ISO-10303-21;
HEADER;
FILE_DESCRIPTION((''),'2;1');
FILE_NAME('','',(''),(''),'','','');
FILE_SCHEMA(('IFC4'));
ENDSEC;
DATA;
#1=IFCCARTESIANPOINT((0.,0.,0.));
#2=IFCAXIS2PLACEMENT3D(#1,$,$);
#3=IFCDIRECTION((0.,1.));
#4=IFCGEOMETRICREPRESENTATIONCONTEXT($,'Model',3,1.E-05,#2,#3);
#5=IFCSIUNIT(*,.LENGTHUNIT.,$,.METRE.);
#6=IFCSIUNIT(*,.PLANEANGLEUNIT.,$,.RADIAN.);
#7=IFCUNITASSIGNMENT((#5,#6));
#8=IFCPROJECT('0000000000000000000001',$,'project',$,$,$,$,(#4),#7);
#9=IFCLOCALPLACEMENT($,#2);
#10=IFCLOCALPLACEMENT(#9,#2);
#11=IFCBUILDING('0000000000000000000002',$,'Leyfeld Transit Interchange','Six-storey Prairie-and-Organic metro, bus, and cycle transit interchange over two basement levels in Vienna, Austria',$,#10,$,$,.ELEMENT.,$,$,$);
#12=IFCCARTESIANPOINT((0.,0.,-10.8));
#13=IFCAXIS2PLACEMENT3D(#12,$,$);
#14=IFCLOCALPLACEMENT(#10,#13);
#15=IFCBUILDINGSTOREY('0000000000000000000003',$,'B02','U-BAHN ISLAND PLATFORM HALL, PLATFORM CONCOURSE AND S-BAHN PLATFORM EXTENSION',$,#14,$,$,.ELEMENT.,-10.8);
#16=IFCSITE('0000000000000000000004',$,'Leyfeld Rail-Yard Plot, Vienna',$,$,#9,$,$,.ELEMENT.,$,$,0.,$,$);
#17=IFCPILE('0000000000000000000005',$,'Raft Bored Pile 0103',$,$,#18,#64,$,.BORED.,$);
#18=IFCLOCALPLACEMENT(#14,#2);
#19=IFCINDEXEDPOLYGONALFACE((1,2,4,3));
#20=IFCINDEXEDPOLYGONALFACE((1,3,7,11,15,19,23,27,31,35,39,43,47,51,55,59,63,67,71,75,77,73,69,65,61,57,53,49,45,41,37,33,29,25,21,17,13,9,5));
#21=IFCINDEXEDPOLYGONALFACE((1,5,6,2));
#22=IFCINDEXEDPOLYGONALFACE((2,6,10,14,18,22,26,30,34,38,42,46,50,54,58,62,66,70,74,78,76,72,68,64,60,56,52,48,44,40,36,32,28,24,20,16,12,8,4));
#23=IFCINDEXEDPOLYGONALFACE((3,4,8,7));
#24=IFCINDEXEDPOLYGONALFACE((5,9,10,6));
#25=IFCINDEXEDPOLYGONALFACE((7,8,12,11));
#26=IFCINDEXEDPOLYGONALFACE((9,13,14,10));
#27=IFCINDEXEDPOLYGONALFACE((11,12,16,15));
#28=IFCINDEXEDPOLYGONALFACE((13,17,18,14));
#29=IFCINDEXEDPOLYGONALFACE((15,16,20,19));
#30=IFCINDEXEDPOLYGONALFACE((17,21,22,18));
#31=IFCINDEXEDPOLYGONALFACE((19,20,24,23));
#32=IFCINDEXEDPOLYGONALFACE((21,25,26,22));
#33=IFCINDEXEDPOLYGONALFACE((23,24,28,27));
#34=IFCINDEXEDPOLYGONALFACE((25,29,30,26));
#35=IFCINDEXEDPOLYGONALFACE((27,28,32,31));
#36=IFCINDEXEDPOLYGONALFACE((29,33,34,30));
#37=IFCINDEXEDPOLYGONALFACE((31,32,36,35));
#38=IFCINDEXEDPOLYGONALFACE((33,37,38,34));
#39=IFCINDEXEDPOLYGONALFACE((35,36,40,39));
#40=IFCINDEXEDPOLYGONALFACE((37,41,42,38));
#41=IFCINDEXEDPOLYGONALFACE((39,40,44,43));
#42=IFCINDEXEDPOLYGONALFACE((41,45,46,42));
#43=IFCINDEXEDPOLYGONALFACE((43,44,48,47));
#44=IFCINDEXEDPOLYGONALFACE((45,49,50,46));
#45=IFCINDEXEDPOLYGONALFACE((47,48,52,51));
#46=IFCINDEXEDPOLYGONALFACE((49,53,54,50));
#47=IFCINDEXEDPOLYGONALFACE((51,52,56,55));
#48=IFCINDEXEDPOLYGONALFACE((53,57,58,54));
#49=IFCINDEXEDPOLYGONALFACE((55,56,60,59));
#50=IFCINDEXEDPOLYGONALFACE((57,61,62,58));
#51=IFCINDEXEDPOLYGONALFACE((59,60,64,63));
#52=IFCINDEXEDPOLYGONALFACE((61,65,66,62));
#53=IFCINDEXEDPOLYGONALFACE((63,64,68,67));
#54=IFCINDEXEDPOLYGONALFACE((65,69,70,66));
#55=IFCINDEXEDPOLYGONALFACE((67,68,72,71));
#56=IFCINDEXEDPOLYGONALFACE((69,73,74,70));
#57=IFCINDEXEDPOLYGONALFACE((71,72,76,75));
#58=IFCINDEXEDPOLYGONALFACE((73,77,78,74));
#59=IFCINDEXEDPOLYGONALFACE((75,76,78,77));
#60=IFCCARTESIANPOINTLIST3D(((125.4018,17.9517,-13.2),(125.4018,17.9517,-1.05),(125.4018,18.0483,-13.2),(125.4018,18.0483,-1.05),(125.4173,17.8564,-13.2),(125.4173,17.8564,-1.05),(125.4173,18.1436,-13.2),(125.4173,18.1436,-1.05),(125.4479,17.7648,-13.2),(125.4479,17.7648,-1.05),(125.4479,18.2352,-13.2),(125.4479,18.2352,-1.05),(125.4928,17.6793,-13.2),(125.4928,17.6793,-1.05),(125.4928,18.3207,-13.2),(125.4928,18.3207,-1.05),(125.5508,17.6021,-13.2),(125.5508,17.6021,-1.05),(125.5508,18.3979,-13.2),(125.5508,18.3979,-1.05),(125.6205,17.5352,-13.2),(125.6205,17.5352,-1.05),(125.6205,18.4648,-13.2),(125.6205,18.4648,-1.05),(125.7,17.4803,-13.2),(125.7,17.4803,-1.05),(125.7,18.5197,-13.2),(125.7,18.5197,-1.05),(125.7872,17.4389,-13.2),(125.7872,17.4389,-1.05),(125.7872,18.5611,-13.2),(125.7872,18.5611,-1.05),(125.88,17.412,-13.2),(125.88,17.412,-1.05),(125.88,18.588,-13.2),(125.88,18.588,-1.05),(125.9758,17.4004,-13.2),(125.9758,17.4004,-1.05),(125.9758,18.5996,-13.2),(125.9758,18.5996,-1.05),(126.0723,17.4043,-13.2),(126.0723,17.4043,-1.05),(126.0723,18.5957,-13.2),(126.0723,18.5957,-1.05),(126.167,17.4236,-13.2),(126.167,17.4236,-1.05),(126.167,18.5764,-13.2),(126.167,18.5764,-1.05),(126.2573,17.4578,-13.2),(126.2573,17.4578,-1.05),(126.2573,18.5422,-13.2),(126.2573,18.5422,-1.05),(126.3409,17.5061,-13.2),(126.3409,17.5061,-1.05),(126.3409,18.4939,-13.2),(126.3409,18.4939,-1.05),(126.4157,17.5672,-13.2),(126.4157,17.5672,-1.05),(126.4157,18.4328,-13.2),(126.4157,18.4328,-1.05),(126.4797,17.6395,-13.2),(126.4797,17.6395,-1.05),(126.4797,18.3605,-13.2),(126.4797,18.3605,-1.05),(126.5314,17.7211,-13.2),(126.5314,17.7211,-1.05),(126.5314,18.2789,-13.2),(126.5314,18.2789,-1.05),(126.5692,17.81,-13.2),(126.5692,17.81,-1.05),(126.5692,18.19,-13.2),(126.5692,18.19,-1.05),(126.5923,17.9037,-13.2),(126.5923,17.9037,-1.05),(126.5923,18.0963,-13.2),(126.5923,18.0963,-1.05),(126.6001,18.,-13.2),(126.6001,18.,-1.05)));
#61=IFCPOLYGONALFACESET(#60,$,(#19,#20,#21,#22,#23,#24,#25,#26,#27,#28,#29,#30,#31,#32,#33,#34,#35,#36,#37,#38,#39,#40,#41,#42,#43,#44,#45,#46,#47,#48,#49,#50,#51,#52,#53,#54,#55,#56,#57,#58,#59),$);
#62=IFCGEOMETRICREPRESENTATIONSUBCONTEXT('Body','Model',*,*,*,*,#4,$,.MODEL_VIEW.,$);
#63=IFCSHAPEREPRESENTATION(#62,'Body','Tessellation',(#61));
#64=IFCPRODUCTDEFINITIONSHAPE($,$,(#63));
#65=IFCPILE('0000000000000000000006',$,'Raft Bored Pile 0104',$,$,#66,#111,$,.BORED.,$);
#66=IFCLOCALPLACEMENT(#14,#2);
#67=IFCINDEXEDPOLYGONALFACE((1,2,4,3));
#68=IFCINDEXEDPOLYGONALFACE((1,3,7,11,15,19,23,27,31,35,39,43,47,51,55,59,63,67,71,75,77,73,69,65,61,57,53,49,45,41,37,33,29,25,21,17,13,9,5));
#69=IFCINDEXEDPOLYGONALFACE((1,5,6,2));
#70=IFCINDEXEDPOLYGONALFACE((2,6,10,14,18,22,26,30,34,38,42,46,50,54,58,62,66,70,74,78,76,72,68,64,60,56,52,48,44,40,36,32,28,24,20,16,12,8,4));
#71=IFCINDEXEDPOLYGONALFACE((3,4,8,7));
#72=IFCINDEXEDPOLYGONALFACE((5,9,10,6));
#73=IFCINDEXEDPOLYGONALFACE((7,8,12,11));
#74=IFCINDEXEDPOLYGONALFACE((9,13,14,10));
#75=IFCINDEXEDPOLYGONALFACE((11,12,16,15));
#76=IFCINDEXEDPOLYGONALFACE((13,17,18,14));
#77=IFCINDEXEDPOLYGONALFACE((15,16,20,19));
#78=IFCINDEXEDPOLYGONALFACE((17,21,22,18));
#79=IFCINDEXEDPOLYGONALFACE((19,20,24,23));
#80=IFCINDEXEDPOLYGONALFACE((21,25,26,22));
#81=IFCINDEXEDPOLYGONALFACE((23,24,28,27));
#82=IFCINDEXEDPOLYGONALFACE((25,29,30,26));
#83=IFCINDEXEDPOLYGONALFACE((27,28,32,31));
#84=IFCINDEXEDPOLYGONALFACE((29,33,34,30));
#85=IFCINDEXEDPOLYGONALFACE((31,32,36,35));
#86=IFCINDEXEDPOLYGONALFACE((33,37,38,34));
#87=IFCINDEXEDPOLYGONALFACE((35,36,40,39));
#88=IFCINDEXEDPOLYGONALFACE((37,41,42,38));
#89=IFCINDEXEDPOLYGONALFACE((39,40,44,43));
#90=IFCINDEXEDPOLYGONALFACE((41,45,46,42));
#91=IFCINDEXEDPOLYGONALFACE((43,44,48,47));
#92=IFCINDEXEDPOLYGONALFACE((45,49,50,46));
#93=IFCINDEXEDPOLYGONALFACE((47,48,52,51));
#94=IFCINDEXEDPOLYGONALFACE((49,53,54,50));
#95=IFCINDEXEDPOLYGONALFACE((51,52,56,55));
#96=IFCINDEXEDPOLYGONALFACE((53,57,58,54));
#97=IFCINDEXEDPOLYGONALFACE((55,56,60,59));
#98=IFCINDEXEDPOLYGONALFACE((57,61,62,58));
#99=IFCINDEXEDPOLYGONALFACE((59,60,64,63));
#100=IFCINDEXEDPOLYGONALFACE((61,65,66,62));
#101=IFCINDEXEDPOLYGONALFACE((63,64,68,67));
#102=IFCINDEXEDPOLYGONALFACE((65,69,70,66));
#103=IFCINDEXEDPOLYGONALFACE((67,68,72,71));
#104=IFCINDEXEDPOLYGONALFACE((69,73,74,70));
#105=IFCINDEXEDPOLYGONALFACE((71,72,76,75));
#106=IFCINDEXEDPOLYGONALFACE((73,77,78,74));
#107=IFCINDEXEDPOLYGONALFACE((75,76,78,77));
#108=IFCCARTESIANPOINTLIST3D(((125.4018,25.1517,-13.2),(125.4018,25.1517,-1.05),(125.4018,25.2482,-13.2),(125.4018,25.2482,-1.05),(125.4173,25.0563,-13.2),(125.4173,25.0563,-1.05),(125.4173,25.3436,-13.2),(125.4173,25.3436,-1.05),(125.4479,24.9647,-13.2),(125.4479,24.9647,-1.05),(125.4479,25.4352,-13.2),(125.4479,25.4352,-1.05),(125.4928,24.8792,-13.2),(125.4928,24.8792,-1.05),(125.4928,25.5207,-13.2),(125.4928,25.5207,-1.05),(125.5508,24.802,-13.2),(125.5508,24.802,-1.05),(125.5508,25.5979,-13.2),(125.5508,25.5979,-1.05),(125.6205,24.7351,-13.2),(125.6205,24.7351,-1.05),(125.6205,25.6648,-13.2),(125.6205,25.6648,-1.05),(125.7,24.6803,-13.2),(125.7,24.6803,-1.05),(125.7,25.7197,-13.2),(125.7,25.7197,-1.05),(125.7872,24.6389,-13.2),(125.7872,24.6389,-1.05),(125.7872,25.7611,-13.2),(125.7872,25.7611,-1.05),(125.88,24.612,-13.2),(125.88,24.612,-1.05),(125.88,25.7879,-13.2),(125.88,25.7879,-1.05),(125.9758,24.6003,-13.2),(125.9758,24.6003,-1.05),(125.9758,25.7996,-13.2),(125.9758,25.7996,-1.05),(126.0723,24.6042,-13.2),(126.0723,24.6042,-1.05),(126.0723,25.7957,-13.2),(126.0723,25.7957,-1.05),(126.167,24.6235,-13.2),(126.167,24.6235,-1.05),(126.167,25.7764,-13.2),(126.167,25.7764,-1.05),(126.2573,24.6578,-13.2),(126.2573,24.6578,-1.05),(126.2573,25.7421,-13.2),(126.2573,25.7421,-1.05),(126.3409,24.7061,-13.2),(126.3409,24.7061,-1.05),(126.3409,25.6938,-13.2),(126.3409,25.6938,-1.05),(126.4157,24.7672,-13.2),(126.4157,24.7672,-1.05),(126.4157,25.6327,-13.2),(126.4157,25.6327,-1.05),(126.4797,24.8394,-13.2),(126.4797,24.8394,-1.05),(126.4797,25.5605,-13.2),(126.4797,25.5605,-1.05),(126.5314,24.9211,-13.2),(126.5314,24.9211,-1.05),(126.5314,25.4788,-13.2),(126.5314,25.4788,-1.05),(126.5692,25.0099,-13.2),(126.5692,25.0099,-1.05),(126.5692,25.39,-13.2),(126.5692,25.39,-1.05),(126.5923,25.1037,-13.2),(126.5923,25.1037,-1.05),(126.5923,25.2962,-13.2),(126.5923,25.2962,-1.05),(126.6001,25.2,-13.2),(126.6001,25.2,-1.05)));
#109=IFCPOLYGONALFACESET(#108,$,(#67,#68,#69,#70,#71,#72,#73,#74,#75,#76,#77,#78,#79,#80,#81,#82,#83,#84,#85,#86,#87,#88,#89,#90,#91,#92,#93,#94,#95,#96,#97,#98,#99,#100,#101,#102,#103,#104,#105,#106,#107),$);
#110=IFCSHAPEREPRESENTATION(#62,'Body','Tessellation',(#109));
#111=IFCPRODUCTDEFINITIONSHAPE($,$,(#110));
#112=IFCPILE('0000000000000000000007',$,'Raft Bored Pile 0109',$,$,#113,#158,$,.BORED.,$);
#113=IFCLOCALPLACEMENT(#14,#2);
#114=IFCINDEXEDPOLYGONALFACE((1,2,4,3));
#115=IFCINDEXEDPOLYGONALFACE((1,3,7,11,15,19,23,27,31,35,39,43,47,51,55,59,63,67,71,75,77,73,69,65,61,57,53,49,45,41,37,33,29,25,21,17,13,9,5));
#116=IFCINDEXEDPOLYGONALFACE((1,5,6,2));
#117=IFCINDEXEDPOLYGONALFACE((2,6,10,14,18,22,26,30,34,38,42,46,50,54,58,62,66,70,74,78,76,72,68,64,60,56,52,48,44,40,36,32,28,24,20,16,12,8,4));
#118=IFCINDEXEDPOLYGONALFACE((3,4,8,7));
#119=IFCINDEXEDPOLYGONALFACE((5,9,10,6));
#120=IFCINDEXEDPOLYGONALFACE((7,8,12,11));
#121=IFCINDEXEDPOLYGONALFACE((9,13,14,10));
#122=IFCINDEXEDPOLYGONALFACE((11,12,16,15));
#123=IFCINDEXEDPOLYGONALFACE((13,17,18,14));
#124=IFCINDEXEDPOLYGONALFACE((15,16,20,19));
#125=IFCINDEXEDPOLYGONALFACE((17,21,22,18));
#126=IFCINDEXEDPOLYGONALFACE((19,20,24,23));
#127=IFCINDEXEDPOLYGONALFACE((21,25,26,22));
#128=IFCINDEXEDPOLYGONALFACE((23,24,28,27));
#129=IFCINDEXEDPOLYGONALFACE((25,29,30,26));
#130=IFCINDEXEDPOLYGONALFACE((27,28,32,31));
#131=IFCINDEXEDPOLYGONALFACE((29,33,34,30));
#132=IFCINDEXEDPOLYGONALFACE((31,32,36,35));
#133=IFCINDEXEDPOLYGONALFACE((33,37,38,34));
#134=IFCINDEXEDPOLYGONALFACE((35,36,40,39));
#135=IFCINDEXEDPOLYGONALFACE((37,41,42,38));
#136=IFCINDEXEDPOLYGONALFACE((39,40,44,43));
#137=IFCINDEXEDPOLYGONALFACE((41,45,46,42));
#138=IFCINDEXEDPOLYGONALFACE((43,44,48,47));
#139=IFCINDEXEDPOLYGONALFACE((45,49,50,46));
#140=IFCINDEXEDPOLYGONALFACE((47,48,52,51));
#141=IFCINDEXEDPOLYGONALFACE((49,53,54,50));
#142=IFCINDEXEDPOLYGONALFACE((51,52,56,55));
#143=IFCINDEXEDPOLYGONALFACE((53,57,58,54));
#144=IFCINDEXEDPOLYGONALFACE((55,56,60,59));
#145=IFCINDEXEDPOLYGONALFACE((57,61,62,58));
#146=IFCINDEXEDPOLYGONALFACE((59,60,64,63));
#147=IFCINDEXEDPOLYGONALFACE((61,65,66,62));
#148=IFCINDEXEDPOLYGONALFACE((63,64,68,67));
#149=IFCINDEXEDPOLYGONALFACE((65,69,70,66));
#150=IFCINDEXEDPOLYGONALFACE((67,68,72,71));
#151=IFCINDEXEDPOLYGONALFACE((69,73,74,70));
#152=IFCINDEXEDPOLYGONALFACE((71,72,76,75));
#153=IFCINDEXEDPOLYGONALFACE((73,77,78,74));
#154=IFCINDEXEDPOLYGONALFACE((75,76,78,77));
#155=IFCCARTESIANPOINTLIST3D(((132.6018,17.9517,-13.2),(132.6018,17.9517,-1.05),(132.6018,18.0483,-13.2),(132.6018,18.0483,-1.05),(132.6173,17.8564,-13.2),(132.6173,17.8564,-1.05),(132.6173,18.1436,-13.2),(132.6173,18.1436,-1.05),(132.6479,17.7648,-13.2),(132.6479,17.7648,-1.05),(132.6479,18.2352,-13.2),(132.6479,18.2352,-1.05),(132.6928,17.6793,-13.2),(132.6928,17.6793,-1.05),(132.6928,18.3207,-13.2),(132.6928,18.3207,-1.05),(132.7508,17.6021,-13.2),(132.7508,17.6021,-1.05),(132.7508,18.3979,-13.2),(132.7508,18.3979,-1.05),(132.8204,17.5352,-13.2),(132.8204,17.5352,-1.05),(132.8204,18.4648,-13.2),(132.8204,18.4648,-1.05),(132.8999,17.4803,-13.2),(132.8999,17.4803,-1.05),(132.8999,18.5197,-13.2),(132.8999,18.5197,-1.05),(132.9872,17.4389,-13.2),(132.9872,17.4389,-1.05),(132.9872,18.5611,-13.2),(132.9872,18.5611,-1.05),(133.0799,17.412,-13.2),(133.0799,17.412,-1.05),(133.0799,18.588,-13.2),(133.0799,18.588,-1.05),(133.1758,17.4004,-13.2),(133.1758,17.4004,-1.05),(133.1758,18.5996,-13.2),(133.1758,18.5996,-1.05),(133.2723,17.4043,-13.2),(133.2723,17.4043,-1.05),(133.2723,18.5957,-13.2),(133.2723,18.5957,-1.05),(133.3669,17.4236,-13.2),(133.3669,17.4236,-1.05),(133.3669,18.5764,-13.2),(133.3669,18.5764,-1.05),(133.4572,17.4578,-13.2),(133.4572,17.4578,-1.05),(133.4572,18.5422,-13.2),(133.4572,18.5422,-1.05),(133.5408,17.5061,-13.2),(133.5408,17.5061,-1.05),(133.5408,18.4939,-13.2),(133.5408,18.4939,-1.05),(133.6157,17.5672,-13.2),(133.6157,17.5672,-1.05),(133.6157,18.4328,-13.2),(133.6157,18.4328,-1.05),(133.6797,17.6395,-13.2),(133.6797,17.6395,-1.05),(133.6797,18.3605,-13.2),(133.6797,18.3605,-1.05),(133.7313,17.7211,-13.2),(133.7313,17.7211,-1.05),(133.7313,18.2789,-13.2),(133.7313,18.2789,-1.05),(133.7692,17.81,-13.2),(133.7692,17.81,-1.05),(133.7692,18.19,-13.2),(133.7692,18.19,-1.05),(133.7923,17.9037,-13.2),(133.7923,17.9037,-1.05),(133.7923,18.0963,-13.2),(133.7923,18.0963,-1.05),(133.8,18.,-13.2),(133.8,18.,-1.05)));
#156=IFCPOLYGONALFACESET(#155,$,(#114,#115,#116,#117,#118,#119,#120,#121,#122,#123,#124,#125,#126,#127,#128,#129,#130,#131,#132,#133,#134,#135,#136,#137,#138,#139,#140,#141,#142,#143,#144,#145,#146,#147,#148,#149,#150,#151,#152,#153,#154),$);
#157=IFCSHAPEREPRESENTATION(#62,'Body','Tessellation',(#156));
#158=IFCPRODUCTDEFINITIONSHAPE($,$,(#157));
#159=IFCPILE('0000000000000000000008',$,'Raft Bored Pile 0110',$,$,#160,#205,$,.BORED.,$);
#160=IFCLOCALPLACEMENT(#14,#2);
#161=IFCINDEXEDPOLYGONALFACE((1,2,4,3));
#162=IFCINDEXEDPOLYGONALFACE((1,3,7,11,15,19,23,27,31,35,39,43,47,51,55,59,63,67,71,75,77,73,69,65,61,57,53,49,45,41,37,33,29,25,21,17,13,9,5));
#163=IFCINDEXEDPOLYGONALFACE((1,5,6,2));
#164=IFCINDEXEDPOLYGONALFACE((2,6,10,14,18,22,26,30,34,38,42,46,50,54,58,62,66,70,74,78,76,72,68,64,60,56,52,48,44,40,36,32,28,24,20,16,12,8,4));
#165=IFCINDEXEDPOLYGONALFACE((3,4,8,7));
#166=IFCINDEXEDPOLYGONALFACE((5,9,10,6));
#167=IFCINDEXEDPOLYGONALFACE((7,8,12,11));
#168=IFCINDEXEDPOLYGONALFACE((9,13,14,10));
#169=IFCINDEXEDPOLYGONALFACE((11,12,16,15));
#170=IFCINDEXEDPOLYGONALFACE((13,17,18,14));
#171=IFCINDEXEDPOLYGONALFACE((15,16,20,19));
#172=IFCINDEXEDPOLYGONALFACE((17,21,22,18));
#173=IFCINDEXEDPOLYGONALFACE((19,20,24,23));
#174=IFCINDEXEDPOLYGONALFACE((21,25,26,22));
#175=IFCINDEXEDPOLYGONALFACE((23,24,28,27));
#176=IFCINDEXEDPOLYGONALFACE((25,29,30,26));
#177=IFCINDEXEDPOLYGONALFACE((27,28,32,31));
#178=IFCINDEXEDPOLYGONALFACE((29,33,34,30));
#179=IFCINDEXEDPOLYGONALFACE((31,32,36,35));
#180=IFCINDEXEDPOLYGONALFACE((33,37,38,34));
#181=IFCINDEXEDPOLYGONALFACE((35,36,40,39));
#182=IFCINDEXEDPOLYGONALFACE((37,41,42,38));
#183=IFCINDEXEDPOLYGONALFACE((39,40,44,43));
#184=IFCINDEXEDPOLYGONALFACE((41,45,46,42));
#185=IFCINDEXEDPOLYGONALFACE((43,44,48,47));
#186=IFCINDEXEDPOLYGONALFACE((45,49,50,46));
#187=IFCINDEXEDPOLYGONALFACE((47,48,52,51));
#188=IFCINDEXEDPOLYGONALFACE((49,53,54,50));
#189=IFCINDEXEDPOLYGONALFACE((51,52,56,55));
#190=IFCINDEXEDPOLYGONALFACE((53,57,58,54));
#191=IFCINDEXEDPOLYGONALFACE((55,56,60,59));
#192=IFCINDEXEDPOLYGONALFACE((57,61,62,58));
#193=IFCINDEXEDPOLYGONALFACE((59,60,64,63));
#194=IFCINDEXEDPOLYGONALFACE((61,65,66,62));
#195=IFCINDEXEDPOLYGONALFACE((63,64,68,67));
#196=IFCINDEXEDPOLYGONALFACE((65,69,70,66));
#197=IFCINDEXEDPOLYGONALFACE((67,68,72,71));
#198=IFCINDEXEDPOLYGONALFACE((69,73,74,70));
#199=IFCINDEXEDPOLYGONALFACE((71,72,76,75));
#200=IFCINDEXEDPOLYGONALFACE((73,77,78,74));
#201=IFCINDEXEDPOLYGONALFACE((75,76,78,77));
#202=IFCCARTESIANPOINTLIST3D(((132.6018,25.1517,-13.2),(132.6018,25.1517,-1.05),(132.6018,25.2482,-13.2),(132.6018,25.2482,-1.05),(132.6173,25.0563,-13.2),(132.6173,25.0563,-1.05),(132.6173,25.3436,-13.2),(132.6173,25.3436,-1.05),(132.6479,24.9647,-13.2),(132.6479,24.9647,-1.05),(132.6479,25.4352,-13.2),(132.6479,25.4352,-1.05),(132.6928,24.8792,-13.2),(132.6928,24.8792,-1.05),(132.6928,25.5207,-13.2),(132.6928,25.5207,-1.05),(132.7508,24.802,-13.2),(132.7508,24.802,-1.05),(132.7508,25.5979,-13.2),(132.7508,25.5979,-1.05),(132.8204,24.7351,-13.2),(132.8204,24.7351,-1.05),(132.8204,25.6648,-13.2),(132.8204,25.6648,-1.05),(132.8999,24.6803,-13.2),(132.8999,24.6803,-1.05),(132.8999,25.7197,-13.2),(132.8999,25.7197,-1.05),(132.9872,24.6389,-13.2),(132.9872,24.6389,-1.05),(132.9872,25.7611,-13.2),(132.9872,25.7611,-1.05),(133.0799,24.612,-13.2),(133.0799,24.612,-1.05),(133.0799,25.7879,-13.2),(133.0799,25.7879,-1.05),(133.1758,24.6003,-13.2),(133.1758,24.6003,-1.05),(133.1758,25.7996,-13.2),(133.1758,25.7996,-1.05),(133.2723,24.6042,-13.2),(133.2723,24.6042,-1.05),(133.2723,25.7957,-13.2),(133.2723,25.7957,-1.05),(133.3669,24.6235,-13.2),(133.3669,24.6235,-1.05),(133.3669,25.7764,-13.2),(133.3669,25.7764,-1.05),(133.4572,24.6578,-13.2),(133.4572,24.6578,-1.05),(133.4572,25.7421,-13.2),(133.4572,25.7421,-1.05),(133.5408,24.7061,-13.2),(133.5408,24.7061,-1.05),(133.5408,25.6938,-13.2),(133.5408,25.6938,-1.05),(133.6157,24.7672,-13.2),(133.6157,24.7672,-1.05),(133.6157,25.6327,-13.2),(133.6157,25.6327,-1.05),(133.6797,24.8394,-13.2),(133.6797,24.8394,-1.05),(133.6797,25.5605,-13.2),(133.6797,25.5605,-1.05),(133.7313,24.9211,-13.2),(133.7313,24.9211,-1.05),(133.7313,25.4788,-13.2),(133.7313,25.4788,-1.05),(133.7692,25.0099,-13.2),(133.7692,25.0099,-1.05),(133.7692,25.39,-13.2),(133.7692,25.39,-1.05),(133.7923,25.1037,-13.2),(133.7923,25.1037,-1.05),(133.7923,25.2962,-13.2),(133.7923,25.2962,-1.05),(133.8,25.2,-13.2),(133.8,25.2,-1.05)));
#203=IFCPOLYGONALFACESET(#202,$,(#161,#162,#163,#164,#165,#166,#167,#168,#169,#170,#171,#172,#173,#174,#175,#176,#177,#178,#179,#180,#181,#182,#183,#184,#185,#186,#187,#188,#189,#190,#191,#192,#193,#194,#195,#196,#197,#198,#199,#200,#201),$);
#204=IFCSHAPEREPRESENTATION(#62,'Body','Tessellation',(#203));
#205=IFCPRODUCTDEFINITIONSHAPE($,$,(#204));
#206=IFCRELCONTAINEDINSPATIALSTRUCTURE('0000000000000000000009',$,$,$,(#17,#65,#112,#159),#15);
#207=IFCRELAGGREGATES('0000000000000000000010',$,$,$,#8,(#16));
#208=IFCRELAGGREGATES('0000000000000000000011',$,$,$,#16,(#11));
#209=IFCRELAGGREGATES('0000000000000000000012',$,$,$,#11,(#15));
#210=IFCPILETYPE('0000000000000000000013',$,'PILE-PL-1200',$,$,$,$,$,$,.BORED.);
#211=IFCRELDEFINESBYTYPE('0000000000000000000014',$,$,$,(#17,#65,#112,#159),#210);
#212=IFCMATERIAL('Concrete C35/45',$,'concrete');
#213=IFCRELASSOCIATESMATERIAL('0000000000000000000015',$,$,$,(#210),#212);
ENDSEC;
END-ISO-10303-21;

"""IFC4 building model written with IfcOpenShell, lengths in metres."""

from ifc_helpers import new_model, si_unit, direction, frame, origin, origin_2d, place, context, subcontext, project, spatial, circle, extrude, material, material_profile, profile_set, type_object, element, save


model = new_model("IFC4")

# Units and contexts
model_context = context("Model", 3, precision=1e-05, world=origin(), true_north=direction((0.0, 1.0)))
body_context = subcontext(model_context, "Body", "Model", "MODEL_VIEW")
ifc_project = project(units=[si_unit("LENGTHUNIT", "METRE"), si_unit("PLANEANGLEUNIT", "RADIAN")], contexts=[model_context])

# Site, building, storey
site_placement = place(None, origin())
site = spatial("IfcSite", under=ifc_project, at=site_placement, Name="Leyfeld Rail-Yard Plot, Vienna", CompositionType="ELEMENT", RefElevation=0.0)
building_placement = place(site_placement, origin())
building = spatial("IfcBuilding", under=site, at=building_placement, Name="Leyfeld Transit Interchange", Description="Six-storey Prairie-and-Organic metro, bus, and cycle transit interchange over two basement levels in Vienna, Austria", CompositionType="ELEMENT")
storey_placement = place(building_placement, frame((0.0, 0.0, -10.8)))
storey = spatial("IfcBuildingStorey", under=building, at=storey_placement, Name="B02", Description="U-BAHN ISLAND PLATFORM HALL, PLATFORM CONCOURSE AND S-BAHN PLATFORM EXTENSION", CompositionType="ELEMENT", Elevation=-10.8)

# Piles
ifc_material = material(Name="Concrete C35/45", Category="concrete")
ifc_material_profile_1 = material_profile(ifc_material, circle(Radius=0.6001, at=origin_2d()), Name="PILE D1200")
ifc_profile_set_1 = profile_set([ifc_material_profile_1], Name="Concrete C35/45")
pile_type = type_object("IfcPileType", Name="PILE-PL-1200", PredefinedType="BORED", material=ifc_profile_set_1)
for number, where, z_axis, x_axis, name in (
    (1, (126.0, 18.0, -1.05), (0.0, 0.0, -1.0), (1.0, 0.0, 0.0), "Raft Bored Pile 0103"),
    (2, (126.0, 25.2, -1.05), (0.0, 0.0, -1.0), (1.0, 0.0, 0.0), "Raft Bored Pile 0104"),
    (3, (133.2, 18.0, -1.05), (0.0, 0.0, -1.0), (1.0, 0.0, 0.0), "Raft Bored Pile 0109"),
    (4, (133.2, 25.2, -1.05), (0.0, 0.0, -1.0), (1.0, 0.0, 0.0), "Raft Bored Pile 0110"),
):
    element("IfcPile", number, at=place(storey_placement, frame(where, z_axis=z_axis, x_axis=x_axis)), inside=storey, type_object=pile_type, Name=name, PredefinedType="BORED", context=body_context, shape_type="SweptSolid", body=[
        extrude(circle(Radius=0.6001, at=origin_2d()), origin(), (0.0, 0.0, 1.0), 12.1499),
    ])

save(model, "model.ifc")
